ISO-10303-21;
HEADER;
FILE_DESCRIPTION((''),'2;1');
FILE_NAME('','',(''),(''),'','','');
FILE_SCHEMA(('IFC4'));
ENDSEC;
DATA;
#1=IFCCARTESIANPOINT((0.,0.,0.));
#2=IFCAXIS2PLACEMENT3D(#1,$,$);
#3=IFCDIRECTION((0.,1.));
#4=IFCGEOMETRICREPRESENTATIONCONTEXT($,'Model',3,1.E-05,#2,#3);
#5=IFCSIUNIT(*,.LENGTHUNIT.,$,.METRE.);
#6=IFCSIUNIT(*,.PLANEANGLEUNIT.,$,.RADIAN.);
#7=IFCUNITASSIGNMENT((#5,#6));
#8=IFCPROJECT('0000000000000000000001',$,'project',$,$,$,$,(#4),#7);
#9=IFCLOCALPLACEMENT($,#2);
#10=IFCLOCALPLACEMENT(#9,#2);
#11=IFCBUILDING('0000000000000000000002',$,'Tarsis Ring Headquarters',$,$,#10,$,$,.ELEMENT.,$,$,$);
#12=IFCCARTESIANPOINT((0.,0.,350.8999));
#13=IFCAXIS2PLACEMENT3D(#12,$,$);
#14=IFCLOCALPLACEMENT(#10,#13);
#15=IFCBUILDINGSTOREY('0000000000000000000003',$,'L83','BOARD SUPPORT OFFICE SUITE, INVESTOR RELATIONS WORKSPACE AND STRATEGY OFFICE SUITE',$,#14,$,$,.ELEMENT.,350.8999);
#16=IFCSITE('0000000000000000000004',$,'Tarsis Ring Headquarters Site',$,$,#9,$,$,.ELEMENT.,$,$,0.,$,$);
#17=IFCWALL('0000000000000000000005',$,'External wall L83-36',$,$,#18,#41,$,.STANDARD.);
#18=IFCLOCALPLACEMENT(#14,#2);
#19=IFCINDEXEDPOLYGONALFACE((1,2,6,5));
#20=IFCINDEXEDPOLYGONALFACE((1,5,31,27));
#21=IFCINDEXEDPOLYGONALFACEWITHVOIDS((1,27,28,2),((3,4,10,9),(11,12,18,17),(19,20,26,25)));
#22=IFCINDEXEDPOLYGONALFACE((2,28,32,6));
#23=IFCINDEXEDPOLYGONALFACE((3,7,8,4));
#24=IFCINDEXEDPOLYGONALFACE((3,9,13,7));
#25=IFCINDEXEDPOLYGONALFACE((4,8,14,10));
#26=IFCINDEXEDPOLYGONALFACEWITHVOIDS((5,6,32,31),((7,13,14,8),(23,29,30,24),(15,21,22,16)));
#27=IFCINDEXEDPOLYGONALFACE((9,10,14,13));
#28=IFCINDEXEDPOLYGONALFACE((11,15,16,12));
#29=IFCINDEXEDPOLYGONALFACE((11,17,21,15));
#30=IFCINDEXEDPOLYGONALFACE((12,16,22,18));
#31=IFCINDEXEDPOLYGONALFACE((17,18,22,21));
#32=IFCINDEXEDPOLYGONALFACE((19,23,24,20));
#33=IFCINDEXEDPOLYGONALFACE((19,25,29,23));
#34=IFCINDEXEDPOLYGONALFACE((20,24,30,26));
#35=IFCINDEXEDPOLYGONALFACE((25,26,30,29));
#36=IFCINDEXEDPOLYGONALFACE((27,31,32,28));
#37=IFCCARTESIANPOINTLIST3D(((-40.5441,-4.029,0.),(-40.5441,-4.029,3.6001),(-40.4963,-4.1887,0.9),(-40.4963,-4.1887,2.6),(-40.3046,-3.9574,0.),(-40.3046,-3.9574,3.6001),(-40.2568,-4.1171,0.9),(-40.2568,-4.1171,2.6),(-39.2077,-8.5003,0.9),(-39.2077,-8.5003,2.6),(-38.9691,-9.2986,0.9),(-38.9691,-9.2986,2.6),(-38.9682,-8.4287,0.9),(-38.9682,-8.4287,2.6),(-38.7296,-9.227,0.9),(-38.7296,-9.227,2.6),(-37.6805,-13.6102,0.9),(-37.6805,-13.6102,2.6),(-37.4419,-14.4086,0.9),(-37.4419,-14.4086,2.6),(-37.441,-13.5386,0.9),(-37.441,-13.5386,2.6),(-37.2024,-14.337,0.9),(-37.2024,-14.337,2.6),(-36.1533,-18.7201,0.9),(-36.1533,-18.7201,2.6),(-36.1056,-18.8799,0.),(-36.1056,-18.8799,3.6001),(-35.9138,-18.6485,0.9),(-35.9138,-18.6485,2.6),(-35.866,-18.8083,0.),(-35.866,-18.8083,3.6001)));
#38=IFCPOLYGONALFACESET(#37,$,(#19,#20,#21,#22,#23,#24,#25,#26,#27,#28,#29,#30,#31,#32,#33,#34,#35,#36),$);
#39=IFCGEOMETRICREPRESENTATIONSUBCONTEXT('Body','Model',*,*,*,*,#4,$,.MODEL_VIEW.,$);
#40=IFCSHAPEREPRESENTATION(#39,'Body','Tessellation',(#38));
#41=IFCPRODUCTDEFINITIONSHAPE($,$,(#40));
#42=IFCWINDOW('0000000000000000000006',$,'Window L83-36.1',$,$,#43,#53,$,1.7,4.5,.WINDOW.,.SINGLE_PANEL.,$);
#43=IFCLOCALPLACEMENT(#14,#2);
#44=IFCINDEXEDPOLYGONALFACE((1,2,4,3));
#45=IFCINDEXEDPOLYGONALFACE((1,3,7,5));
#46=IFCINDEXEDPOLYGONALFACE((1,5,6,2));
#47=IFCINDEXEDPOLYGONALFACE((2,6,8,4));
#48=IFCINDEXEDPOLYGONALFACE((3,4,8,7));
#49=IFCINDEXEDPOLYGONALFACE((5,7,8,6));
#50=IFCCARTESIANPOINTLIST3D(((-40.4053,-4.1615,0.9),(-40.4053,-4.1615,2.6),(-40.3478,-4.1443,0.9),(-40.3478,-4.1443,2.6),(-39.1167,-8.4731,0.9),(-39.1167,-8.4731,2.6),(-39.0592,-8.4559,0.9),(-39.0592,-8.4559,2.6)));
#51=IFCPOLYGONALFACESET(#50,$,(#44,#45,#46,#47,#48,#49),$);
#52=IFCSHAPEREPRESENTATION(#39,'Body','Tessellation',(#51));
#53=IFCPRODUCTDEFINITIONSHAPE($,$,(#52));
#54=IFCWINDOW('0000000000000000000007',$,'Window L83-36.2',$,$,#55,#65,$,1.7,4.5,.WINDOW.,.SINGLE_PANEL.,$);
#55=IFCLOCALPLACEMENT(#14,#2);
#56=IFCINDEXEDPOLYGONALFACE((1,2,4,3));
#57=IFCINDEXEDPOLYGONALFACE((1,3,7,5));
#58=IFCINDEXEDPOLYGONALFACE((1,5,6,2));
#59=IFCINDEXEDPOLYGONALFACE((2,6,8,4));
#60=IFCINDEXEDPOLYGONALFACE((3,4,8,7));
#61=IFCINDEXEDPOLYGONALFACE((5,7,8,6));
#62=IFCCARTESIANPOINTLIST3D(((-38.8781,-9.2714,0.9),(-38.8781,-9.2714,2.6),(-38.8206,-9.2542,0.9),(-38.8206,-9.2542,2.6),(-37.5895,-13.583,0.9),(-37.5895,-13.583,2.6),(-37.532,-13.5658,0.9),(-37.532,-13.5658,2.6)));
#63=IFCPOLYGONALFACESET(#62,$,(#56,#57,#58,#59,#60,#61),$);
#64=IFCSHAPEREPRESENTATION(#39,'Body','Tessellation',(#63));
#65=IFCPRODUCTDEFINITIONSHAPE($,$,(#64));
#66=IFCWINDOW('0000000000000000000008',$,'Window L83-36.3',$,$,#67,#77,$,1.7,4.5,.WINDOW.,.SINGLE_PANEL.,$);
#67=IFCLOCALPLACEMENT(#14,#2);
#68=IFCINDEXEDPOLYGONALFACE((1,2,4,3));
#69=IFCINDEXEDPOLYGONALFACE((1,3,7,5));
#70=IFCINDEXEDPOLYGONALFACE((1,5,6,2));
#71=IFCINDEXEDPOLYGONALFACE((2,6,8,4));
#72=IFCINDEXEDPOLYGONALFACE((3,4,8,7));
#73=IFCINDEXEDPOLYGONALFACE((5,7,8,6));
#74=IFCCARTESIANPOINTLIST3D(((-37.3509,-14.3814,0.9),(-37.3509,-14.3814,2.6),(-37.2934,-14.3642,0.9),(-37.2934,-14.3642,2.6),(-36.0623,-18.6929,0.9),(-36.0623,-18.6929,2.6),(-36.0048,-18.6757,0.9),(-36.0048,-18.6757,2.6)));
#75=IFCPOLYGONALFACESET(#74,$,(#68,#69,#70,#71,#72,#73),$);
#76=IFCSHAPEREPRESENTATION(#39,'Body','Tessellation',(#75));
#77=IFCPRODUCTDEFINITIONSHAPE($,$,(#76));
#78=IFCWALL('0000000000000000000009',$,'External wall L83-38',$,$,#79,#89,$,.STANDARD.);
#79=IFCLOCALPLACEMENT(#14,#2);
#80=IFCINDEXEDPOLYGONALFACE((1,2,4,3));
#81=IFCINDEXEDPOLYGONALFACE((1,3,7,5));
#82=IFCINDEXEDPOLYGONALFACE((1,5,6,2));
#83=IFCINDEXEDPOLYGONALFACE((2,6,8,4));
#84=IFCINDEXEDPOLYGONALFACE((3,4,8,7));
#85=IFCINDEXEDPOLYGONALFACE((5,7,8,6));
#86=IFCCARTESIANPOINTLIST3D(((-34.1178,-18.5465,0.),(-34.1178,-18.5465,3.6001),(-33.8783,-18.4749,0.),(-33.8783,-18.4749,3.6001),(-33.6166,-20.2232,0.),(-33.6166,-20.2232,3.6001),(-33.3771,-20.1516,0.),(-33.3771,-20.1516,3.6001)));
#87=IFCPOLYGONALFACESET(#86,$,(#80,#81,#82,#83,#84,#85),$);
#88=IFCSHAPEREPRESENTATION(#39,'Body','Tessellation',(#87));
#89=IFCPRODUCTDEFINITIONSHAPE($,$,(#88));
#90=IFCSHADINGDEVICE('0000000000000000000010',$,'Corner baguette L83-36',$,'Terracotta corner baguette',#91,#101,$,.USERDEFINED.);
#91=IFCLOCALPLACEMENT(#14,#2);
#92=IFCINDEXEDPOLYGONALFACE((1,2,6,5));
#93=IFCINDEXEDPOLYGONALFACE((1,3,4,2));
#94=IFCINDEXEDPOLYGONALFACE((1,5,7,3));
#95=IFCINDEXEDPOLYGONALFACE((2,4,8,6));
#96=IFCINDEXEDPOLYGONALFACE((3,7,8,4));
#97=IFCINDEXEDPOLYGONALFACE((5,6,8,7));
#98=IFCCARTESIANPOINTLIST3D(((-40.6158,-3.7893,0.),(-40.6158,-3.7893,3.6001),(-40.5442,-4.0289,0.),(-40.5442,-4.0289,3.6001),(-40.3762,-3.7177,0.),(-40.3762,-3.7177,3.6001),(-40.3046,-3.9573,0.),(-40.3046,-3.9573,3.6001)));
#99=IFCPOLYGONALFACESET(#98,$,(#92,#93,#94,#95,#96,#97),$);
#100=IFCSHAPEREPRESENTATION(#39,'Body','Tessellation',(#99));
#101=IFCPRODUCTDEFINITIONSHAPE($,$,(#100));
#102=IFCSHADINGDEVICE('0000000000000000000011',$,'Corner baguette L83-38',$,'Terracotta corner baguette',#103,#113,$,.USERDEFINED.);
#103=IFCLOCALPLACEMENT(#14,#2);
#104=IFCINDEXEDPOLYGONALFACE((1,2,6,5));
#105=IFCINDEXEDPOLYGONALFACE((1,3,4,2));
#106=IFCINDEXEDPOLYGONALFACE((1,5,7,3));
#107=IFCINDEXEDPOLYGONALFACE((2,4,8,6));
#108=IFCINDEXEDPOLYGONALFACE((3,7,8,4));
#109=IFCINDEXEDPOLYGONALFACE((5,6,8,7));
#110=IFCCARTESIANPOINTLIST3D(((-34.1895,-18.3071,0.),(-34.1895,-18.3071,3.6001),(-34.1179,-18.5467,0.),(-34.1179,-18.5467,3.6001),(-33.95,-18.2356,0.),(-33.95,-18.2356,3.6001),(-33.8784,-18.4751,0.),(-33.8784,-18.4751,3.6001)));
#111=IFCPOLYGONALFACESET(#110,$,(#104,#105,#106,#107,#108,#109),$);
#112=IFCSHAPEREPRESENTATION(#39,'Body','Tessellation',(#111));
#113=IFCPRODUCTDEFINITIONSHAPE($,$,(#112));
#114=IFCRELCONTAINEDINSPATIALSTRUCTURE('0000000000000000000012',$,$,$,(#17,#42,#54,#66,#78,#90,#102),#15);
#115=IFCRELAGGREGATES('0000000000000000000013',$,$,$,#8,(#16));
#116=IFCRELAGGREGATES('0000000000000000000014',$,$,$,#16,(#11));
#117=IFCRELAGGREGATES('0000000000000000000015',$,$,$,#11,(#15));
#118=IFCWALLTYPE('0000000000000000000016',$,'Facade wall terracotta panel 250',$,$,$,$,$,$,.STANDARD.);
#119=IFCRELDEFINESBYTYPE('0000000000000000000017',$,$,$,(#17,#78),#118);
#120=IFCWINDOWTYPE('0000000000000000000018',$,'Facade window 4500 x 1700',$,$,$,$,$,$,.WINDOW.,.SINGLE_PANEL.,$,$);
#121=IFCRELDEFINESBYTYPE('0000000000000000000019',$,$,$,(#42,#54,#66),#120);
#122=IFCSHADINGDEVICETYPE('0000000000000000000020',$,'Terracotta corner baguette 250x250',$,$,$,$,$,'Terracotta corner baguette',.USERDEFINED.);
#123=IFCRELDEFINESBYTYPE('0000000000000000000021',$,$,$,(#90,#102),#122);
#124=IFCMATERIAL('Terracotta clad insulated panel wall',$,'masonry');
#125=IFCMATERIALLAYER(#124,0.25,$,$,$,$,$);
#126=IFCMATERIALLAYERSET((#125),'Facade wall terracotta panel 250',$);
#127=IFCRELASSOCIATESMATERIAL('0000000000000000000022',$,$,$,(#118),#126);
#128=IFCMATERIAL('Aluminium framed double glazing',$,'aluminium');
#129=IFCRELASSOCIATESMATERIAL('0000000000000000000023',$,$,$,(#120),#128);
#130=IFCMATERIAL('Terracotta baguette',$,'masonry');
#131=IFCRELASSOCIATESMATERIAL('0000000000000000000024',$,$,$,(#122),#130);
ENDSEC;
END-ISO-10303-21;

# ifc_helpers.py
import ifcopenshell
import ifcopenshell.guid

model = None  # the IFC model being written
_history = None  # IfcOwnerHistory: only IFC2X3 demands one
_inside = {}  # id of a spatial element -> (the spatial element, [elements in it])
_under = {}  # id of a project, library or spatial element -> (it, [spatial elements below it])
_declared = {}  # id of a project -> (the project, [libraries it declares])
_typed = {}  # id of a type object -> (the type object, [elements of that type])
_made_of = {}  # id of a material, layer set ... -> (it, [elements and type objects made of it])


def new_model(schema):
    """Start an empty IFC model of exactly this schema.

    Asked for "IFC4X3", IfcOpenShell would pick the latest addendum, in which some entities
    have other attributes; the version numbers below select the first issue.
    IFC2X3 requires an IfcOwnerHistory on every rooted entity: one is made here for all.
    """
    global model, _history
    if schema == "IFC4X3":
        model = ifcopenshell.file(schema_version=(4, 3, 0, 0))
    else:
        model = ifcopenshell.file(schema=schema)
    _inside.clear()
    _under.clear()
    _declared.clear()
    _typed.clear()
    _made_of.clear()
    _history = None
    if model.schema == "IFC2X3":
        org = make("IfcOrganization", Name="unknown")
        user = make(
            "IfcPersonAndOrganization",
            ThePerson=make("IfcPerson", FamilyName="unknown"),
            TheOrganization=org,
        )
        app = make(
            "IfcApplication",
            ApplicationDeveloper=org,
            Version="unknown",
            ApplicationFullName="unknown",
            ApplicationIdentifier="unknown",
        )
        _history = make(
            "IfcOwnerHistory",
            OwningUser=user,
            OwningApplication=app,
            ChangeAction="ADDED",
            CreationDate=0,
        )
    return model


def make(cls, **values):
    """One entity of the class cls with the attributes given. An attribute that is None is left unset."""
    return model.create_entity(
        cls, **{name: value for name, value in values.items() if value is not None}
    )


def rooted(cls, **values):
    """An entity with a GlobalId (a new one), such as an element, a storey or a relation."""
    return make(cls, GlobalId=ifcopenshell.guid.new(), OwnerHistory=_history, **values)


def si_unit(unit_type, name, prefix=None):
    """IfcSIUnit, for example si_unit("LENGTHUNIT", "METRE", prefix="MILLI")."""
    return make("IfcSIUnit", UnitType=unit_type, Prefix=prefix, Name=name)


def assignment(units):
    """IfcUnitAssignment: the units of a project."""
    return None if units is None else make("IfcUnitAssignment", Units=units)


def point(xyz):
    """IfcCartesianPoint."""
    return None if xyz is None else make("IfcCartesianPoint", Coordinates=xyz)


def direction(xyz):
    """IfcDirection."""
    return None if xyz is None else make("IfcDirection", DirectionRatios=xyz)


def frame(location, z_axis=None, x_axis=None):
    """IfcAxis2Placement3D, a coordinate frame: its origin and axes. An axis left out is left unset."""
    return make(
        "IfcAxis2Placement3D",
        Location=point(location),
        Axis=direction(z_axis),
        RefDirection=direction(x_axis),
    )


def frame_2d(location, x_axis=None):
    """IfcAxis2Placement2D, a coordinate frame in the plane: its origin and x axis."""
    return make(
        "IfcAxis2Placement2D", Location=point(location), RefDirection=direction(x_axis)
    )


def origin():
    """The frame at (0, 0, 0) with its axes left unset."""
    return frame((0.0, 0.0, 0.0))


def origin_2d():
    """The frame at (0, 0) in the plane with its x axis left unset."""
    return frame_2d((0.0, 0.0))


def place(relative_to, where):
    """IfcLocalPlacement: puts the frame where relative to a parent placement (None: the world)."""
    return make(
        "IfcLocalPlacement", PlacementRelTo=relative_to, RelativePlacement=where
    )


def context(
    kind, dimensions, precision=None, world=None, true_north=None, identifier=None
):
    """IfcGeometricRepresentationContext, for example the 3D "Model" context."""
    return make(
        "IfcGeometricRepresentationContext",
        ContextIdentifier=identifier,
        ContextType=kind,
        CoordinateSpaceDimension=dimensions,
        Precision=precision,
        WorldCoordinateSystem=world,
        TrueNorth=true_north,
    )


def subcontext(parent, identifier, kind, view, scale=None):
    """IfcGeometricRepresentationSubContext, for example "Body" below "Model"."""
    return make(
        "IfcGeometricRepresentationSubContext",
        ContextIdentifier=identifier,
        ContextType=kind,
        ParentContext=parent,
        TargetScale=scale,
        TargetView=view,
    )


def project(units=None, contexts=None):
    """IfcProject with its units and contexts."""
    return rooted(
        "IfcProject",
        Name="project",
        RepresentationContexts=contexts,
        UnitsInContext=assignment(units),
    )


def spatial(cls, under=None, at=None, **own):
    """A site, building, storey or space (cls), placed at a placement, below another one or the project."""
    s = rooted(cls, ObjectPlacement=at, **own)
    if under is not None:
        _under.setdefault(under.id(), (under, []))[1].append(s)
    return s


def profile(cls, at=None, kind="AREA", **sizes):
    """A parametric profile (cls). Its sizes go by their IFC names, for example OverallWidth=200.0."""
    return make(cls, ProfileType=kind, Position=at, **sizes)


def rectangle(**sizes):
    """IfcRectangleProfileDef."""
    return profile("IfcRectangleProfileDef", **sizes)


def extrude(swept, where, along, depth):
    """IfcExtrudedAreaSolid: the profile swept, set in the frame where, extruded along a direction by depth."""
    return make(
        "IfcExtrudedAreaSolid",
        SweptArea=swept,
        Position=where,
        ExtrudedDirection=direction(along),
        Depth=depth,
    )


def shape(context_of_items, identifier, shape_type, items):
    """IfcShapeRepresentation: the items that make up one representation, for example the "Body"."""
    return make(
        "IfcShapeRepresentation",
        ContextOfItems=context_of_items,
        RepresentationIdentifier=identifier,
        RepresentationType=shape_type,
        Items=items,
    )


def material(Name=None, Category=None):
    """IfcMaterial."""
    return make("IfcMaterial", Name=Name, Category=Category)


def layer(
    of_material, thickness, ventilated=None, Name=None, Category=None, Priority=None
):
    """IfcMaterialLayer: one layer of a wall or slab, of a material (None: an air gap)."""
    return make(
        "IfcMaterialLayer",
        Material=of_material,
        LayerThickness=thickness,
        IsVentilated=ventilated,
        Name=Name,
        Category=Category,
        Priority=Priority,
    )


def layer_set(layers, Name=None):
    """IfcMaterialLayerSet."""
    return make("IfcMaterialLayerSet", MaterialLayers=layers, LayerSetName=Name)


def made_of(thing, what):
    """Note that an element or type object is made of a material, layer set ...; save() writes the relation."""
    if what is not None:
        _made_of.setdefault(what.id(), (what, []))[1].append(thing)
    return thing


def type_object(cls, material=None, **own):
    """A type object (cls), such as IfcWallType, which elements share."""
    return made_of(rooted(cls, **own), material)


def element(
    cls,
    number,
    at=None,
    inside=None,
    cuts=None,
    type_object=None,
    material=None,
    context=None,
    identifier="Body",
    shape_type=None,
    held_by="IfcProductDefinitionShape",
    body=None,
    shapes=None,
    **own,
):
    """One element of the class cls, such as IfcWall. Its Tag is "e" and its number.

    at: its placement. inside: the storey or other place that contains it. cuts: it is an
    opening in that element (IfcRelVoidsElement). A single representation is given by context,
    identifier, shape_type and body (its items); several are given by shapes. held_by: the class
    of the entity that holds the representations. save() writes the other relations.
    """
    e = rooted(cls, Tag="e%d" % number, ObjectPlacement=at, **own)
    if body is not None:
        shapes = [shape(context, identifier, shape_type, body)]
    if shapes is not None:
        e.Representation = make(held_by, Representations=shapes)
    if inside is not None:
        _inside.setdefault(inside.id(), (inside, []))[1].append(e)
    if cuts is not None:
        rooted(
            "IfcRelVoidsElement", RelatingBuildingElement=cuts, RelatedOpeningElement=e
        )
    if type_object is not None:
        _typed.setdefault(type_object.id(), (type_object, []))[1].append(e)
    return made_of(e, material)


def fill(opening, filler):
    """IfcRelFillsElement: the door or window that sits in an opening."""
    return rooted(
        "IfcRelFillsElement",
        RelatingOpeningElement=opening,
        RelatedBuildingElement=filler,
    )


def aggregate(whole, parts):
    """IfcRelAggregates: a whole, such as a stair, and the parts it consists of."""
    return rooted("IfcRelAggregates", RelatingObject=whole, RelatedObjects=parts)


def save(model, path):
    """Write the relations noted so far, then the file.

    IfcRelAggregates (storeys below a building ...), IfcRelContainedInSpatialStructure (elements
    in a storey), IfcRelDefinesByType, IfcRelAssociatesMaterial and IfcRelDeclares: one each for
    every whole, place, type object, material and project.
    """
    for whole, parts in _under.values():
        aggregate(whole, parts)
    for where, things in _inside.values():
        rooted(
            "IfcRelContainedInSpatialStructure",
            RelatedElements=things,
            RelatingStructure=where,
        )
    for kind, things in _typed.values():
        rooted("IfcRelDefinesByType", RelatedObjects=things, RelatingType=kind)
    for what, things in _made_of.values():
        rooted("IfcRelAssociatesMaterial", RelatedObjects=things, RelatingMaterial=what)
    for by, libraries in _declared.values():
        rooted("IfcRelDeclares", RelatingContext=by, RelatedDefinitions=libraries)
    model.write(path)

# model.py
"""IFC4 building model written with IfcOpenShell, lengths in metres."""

from ifc_helpers import new_model, si_unit, direction, frame, frame_2d, origin, origin_2d, place, context, subcontext, project, spatial, rectangle, extrude, material, layer, layer_set, type_object, element, fill, save


model = new_model("IFC4")

# Units and contexts
model_context = context("Model", 3, precision=1e-05, world=origin(), true_north=direction((0.0, 1.0)))
body_context = subcontext(model_context, "Body", "Model", "MODEL_VIEW")
ifc_project = project(units=[si_unit("LENGTHUNIT", "METRE"), si_unit("PLANEANGLEUNIT", "RADIAN")], contexts=[model_context])

# Site, building, storey
site_placement = place(None, origin())
site = spatial("IfcSite", under=ifc_project, at=site_placement, Name="Tarsis Ring Headquarters Site", CompositionType="ELEMENT", RefElevation=0.0)
building_placement = place(site_placement, origin())
building = spatial("IfcBuilding", under=site, at=building_placement, Name="Tarsis Ring Headquarters", CompositionType="ELEMENT")
storey_placement = place(building_placement, frame((0.0, 0.0, 350.8999)))
storey = spatial("IfcBuildingStorey", under=building, at=storey_placement, Name="L83", Description="BOARD SUPPORT OFFICE SUITE, INVESTOR RELATIONS WORKSPACE AND STRATEGY OFFICE SUITE", CompositionType="ELEMENT", Elevation=350.8999)

# Wall, openings, windows
ifc_material_1 = material(Name="Terracotta clad insulated panel wall", Category="masonry")
ifc_layer_1 = layer(ifc_material_1, 0.25)
ifc_layer_set_1 = layer_set([ifc_layer_1], Name="Facade wall terracotta panel 250")
wall_type_1 = type_object("IfcWallType", Name="Facade wall terracotta panel 250", PredefinedType="STANDARD", material=ifc_layer_set_1)
wall_1_placement = place(storey_placement, frame((-40.4243, -3.9932, 0.0), z_axis=(0.0, 0.0, 1.0), x_axis=(0.286355, -0.958124, 0.0)))
wall_1 = element("IfcWall", 1, at=wall_1_placement, inside=storey, type_object=wall_type_1, Name="External wall L83-36", PredefinedType="STANDARD", context=body_context, shape_type="SweptSolid", body=[
    extrude(rectangle(XDim=15.5, YDim=0.25, at=frame_2d((7.75, 0.0))), origin(), (0.0, 0.0, 1.0), 3.6001),
])
opening_1_placement = place(wall_1_placement, frame((0.1667, 0.0, 0.8999)))
opening_1 = element("IfcOpeningElement", 2, at=opening_1_placement, cuts=wall_1, PredefinedType="OPENING", context=body_context, shape_type="SweptSolid", body=[
    extrude(rectangle(XDim=4.5, YDim=1.7, at=frame_2d((2.25, 0.8501))), frame((0.0, 0.135, 0.0), z_axis=(0.0, -1.0, 0.0), x_axis=(1.0, 0.0, 0.0)), (0.0, 0.0, 1.0), 0.27),
])
opening_2_placement = place(wall_1_placement, frame((5.5, 0.0, 0.8999)))
opening_2 = element("IfcOpeningElement", 3, at=opening_2_placement, cuts=wall_1, PredefinedType="OPENING", context=body_context, shape_type="SweptSolid", body=[
    extrude(rectangle(XDim=4.5, YDim=1.7, at=frame_2d((2.25, 0.8501))), frame((0.0, 0.135, 0.0), z_axis=(0.0, -1.0, 0.0), x_axis=(1.0, 0.0, 0.0)), (0.0, 0.0, 1.0), 0.27),
])
opening_3_placement = place(wall_1_placement, frame((10.8333, 0.0, 0.8999)))
opening_3 = element("IfcOpeningElement", 4, at=opening_3_placement, cuts=wall_1, PredefinedType="OPENING", context=body_context, shape_type="SweptSolid", body=[
    extrude(rectangle(XDim=4.5, YDim=1.7, at=frame_2d((2.25, 0.8501))), frame((0.0, 0.135, 0.0), z_axis=(0.0, -1.0, 0.0), x_axis=(1.0, 0.0, 0.0)), (0.0, 0.0, 1.0), 0.27),
])
ifc_material_2 = material(Name="Aluminium framed double glazing", Category="aluminium")
window_type = type_object("IfcWindowType", Name="Facade window 4500 x 1700", PartitioningType="SINGLE_PANEL", PredefinedType="WINDOW", material=ifc_material_2)
window_1_placement = place(opening_1_placement, origin())
window_1 = element("IfcWindow", 5, at=window_1_placement, inside=storey, type_object=window_type, Name="Window L83-36.1", OverallHeight=1.7, OverallWidth=4.5, PartitioningType="SINGLE_PANEL", PredefinedType="WINDOW", context=body_context, shape_type="SweptSolid", body=[
    extrude(rectangle(XDim=4.5, YDim=1.7, at=frame_2d((2.25, 0.8501))), frame((0.0, 0.03, 0.0), z_axis=(0.0, -1.0, 0.0), x_axis=(1.0, 0.0, 0.0)), (0.0, 0.0, 1.0), 0.0601),
])
fill(opening_1, window_1)
window_2_placement = place(opening_2_placement, origin())
window_2 = element("IfcWindow", 6, at=window_2_placement, inside=storey, type_object=window_type, Name="Window L83-36.2", OverallHeight=1.7, OverallWidth=4.5, PartitioningType="SINGLE_PANEL", PredefinedType="WINDOW", context=body_context, shape_type="SweptSolid", body=[
    extrude(rectangle(XDim=4.5, YDim=1.7, at=frame_2d((2.25, 0.8501))), frame((0.0, 0.03, 0.0), z_axis=(0.0, -1.0, 0.0), x_axis=(1.0, 0.0, 0.0)), (0.0, 0.0, 1.0), 0.0601),
])
fill(opening_2, window_2)
window_3_placement = place(opening_3_placement, origin())
window_3 = element("IfcWindow", 7, at=window_3_placement, inside=storey, type_object=window_type, Name="Window L83-36.3", OverallHeight=1.7, OverallWidth=4.5, PartitioningType="SINGLE_PANEL", PredefinedType="WINDOW", context=body_context, shape_type="SweptSolid", body=[
    extrude(rectangle(XDim=4.5, YDim=1.7, at=frame_2d((2.25, 0.8501))), frame((0.0, 0.03, 0.0), z_axis=(0.0, -1.0, 0.0), x_axis=(1.0, 0.0, 0.0)), (0.0, 0.0, 1.0), 0.0601),
])
fill(opening_3, window_3)

# Wall
wall_2_placement = place(storey_placement, frame((-33.998, -18.5107, 0.0), z_axis=(0.0, 0.0, 1.0), x_axis=(0.286401, -0.95811, 0.0)))
element("IfcWall", 8, at=wall_2_placement, inside=storey, type_object=wall_type_1, Name="External wall L83-38", PredefinedType="STANDARD", context=body_context, shape_type="SweptSolid", body=[
    extrude(rectangle(XDim=1.75, YDim=0.25, at=frame_2d((0.875, 0.0))), origin(), (0.0, 0.0, 1.0), 3.6001),
])

# Shading devices
ifc_material_3 = material(Name="Terracotta baguette", Category="masonry")
shading_device_type = type_object("IfcShadingDeviceType", Name="Terracotta corner baguette 250x250", ElementType="Terracotta corner baguette", PredefinedType="USERDEFINED", material=ifc_material_3)
for number, where, z_axis, x_axis, name in (
    (9, (-40.4602, -3.8733, 0.0), (0.0, 0.0, 1.0), (-0.958123, -0.286357, 0.0), "Corner baguette L83-36"),
    (10, (-34.0339, -18.3911, 0.0), (0.0, 0.0, 1.0), (0.958123, 0.286357, 0.0), "Corner baguette L83-38"),
):
    element("IfcShadingDevice", number, at=place(storey_placement, frame(where, z_axis=z_axis, x_axis=x_axis)), inside=storey, type_object=shading_device_type, Name=name, ObjectType="Terracotta corner baguette", PredefinedType="USERDEFINED", context=body_context, shape_type="SweptSolid", body=[
        extrude(rectangle(XDim=0.25, YDim=0.25, at=origin_2d()), origin(), (0.0, 0.0, 1.0), 3.6001),
    ])

save(model, "model.ifc")
